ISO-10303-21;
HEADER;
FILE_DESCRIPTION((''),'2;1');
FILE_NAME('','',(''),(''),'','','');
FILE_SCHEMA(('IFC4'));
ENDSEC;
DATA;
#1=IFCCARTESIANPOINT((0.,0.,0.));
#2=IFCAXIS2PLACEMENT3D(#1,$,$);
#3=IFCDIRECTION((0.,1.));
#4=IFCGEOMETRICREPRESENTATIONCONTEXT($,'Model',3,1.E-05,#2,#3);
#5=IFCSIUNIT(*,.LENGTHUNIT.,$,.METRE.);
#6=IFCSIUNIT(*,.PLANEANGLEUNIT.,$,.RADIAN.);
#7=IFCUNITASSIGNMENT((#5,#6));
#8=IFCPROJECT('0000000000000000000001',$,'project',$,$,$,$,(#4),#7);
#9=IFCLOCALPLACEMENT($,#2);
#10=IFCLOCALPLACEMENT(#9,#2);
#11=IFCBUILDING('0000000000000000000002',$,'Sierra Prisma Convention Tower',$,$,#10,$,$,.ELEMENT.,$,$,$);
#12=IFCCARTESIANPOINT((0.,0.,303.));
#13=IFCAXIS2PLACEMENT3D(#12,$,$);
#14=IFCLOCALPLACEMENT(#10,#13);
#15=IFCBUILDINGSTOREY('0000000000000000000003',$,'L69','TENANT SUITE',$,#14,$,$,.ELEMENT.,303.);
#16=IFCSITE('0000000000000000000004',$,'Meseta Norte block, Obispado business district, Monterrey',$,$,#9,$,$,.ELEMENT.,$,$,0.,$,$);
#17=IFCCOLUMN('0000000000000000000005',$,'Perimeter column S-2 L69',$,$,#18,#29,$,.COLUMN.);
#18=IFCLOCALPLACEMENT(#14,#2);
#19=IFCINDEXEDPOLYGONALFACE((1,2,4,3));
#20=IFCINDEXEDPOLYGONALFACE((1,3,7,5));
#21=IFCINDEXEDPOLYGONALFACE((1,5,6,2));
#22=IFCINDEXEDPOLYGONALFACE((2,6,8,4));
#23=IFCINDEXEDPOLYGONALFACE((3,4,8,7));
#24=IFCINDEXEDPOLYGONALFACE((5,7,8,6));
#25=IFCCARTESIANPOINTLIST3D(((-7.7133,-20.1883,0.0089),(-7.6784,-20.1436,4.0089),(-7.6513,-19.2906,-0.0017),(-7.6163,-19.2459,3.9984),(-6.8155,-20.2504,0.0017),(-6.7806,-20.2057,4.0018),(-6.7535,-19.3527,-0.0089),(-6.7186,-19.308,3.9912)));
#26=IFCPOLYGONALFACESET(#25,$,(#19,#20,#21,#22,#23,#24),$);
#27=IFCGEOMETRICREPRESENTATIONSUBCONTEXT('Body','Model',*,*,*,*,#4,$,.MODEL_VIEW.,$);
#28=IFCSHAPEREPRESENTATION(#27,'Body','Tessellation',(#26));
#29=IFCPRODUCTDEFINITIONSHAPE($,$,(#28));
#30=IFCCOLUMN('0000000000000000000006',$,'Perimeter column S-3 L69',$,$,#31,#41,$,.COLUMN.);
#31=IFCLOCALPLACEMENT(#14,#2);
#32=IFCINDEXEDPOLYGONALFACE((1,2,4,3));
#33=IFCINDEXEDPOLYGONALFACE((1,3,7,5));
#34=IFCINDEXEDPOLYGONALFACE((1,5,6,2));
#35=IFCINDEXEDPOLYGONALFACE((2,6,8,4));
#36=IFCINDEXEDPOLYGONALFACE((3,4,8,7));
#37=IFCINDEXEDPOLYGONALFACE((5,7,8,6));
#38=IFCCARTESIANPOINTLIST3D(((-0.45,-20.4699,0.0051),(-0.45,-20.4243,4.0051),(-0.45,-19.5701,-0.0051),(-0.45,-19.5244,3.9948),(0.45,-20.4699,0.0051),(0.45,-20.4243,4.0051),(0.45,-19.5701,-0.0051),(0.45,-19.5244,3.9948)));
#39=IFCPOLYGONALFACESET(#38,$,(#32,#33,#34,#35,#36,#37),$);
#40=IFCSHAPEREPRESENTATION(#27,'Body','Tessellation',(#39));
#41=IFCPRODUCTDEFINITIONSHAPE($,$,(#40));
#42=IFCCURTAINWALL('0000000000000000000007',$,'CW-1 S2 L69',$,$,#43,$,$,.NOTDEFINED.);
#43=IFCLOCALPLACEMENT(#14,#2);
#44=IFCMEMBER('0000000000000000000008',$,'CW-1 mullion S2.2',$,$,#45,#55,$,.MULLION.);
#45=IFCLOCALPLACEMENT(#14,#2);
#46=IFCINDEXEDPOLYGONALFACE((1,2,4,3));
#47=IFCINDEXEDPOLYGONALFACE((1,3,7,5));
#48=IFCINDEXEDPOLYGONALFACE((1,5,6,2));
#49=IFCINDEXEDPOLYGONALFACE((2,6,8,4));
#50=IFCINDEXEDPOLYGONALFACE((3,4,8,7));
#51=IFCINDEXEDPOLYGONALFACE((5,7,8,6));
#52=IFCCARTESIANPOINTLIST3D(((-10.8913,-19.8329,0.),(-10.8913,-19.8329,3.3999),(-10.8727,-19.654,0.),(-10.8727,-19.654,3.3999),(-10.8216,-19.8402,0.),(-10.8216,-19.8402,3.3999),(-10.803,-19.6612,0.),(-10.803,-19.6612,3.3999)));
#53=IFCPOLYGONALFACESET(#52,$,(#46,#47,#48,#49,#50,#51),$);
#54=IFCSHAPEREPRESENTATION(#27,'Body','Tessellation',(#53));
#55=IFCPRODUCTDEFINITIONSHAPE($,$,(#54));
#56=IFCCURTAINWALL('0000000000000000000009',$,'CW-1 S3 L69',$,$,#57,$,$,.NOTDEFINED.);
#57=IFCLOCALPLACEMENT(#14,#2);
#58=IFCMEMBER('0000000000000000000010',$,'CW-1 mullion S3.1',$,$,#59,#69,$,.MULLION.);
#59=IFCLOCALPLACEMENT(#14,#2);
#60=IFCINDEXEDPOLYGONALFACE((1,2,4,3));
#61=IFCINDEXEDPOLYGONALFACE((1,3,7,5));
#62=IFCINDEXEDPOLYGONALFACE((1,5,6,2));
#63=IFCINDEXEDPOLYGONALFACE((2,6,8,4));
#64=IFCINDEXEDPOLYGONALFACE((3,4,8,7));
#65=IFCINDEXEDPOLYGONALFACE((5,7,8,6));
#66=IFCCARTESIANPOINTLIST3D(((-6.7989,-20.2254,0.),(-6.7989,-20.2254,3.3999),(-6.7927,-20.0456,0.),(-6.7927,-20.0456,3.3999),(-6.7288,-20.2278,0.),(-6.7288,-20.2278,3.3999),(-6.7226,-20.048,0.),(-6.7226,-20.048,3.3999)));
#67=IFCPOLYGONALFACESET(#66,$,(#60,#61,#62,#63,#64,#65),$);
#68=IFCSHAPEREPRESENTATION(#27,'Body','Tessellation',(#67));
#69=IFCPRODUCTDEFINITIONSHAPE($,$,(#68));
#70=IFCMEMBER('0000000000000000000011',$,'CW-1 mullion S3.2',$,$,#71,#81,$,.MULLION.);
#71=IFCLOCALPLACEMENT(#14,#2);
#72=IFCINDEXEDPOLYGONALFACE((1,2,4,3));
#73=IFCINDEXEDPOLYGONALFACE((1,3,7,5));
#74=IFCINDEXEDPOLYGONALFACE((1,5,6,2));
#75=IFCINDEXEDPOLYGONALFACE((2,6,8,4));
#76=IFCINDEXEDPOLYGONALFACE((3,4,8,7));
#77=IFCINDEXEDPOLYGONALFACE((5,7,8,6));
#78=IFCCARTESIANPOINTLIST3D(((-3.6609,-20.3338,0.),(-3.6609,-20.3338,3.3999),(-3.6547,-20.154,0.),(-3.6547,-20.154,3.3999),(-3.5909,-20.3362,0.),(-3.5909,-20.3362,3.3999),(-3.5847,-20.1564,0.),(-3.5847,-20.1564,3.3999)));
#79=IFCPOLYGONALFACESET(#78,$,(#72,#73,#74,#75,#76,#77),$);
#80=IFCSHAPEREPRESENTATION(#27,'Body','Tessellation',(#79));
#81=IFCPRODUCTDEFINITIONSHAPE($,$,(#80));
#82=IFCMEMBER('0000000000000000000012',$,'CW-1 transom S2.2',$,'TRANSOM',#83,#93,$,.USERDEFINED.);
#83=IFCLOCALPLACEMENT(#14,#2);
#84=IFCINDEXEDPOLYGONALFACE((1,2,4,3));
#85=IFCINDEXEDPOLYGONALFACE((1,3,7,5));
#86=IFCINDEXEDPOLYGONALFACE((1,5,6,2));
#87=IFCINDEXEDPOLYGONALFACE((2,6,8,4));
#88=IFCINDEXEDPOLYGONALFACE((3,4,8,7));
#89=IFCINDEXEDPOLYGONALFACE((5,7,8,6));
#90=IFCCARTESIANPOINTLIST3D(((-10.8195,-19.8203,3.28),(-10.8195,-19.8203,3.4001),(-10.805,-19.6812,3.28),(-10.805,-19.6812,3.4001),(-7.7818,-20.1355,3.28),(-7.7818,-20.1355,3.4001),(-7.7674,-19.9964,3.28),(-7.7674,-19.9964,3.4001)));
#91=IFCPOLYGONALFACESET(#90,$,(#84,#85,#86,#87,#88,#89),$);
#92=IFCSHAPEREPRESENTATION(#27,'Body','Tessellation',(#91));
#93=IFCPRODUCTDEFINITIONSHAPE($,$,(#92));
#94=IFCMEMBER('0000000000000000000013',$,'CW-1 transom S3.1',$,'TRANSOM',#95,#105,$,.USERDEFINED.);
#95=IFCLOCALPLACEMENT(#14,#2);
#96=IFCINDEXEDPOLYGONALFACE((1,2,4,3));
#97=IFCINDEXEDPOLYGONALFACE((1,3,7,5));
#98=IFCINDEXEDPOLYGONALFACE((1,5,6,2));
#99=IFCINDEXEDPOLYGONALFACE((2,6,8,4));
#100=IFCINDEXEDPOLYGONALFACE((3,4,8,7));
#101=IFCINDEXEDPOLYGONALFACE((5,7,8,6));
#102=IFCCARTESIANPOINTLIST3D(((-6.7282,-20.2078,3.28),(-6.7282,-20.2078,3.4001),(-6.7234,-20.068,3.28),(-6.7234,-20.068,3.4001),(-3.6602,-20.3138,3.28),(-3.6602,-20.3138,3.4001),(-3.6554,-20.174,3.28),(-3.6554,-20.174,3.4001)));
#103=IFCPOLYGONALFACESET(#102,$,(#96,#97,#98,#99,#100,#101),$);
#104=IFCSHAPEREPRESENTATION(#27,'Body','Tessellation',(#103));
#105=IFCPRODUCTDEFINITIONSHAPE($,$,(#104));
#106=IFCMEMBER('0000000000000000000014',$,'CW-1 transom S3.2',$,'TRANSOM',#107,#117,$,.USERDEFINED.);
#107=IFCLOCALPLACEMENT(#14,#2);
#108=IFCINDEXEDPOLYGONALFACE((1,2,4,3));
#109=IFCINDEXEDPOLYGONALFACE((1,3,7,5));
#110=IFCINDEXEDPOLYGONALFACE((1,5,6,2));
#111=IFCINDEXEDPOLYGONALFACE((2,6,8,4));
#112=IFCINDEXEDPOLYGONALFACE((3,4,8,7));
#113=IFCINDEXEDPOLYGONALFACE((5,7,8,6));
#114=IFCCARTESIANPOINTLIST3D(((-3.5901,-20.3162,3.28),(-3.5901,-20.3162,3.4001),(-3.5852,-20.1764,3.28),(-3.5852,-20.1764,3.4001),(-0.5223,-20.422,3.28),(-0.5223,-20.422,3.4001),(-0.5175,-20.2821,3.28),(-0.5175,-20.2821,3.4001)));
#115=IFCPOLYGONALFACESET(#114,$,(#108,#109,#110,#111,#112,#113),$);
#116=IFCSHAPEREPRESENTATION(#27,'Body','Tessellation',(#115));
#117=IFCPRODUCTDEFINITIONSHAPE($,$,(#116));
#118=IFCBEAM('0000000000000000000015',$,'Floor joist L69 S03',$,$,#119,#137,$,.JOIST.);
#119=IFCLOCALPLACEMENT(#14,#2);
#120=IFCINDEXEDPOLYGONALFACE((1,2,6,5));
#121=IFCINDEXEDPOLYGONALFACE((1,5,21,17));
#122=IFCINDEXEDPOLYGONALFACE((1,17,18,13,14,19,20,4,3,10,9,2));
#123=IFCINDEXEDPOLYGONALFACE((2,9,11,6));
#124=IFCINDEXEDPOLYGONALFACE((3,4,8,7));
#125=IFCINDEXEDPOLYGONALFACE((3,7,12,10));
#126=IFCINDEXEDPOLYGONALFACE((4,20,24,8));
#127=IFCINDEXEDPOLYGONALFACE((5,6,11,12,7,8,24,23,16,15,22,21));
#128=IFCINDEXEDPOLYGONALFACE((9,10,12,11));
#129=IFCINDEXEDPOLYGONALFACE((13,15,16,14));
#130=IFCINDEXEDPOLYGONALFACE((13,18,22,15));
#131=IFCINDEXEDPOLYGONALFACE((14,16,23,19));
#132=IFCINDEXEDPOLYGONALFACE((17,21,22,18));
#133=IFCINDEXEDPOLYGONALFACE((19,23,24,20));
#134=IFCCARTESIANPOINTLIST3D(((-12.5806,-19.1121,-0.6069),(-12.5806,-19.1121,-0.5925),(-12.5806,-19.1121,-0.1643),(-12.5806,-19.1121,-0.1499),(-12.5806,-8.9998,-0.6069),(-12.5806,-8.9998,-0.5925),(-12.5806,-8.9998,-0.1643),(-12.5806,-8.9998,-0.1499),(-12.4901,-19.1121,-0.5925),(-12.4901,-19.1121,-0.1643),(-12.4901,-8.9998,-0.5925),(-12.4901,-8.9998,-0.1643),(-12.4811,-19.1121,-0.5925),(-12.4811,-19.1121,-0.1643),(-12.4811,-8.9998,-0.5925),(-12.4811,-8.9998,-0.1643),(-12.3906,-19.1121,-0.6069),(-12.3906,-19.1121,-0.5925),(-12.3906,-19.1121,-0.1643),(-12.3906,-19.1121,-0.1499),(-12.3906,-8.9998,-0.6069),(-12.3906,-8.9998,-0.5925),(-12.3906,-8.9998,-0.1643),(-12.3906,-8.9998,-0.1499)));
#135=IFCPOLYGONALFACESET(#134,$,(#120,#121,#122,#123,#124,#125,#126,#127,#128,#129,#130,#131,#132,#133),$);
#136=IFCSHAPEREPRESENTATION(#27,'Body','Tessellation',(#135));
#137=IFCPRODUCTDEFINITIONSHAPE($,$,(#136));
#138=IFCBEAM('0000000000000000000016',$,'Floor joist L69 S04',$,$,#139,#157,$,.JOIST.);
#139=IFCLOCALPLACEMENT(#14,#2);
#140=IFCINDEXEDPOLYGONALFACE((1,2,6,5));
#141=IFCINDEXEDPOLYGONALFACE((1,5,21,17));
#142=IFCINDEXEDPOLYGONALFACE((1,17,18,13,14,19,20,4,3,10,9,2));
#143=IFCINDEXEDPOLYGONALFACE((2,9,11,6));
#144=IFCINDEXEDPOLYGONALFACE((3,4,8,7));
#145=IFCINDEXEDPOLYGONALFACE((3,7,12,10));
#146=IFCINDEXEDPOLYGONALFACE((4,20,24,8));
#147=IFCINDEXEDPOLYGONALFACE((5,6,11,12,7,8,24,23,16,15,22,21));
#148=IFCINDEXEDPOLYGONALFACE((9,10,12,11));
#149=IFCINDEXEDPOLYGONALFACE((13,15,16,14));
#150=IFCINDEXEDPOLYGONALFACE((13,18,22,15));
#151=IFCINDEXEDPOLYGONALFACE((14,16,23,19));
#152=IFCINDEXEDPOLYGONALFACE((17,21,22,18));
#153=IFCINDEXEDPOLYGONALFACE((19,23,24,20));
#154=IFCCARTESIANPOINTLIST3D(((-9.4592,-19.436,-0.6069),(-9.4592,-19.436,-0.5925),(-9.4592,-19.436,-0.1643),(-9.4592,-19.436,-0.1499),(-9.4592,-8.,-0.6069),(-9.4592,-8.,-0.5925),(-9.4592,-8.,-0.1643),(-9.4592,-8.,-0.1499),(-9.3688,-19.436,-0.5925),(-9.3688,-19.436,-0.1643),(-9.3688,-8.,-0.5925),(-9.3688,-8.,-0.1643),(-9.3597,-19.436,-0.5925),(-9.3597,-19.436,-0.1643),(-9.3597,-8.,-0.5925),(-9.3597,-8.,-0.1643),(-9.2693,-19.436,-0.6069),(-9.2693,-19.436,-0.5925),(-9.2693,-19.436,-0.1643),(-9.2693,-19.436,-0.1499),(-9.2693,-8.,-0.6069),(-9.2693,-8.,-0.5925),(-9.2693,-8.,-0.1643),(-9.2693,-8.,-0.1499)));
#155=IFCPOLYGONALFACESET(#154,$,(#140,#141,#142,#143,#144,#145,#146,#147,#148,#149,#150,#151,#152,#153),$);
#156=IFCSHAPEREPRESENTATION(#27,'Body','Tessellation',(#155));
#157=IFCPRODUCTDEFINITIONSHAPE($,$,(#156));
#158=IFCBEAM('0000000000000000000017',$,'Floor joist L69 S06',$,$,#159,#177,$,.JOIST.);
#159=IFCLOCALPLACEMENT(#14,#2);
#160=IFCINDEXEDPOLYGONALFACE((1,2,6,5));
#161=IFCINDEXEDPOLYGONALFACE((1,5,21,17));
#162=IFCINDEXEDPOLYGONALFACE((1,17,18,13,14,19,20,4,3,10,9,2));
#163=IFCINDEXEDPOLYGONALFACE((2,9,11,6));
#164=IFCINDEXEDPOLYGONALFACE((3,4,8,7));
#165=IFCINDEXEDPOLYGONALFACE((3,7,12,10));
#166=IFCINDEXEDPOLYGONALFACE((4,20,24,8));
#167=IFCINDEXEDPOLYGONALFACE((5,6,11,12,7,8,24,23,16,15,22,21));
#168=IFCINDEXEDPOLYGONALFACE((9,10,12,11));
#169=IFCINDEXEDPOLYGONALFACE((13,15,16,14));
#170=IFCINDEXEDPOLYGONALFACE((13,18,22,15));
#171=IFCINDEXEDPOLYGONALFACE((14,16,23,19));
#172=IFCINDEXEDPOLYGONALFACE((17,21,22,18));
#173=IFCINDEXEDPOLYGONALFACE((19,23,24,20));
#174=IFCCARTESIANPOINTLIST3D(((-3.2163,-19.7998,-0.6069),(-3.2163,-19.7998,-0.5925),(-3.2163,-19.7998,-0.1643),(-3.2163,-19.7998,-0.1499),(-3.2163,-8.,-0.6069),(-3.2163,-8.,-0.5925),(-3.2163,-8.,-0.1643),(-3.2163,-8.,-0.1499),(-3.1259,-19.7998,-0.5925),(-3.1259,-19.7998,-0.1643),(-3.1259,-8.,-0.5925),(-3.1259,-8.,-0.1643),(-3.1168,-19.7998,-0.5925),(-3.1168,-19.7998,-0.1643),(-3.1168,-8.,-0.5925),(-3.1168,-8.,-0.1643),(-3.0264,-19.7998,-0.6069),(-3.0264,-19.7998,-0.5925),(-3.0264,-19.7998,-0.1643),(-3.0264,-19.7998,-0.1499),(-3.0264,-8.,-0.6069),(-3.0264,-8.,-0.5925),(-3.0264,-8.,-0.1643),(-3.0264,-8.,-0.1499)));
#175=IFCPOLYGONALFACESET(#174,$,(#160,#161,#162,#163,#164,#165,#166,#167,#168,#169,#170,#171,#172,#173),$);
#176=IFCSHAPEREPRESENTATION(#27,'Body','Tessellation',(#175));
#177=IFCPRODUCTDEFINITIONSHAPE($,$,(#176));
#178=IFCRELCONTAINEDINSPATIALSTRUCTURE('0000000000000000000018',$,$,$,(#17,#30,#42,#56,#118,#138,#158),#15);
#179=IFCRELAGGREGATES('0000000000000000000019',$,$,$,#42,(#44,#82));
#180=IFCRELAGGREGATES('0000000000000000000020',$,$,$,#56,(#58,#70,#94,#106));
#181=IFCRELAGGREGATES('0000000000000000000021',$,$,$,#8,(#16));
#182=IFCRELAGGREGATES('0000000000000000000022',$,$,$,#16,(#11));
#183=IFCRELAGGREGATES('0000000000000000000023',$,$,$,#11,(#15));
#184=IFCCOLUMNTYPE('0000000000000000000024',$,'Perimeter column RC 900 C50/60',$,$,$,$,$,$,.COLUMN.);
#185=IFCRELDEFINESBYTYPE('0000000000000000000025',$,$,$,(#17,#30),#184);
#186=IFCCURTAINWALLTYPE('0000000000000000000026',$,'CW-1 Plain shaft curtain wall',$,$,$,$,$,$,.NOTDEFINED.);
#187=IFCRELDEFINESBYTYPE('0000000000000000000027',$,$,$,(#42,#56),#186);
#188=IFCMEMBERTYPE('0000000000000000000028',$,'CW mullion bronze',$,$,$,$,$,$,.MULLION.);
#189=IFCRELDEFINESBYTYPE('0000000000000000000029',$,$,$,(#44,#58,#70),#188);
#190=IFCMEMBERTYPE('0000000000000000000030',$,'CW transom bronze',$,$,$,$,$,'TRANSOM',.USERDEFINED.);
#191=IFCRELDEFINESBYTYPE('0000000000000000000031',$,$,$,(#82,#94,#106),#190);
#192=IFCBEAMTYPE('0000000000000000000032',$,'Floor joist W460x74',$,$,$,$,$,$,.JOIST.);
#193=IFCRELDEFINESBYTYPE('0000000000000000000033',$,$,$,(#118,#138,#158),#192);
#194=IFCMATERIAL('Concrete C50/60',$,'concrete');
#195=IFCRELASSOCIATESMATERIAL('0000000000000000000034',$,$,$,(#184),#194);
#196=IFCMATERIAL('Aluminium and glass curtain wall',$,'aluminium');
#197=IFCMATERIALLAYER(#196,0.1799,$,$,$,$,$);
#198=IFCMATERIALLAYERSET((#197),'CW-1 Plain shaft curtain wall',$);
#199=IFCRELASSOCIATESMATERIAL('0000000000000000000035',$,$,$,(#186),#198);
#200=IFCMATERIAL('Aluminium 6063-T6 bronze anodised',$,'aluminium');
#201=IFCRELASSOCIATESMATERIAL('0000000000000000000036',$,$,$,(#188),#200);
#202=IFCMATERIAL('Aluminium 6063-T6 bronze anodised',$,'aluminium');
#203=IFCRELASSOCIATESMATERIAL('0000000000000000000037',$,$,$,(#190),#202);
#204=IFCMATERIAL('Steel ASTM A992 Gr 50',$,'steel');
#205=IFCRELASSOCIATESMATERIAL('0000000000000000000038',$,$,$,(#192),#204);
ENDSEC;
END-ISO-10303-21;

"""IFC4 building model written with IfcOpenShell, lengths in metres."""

from ifc_helpers import new_model, si_unit, direction, frame, origin, origin_2d, place, context, subcontext, project, spatial, rectangle, i_section, extrude, material, layer, layer_set, material_profile, profile_set, type_object, element, aggregate, save


model = new_model("IFC4")

# Units and contexts
model_context = context("Model", 3, precision=1e-05, world=origin(), true_north=direction((0.0, 1.0)))
body_context = subcontext(model_context, "Body", "Model", "MODEL_VIEW")
ifc_project = project(units=[si_unit("LENGTHUNIT", "METRE"), si_unit("PLANEANGLEUNIT", "RADIAN")], contexts=[model_context])

# Site, building, storey
site_placement = place(None, origin())
site = spatial("IfcSite", under=ifc_project, at=site_placement, Name="Meseta Norte block, Obispado business district, Monterrey", CompositionType="ELEMENT", RefElevation=0.0)
building_placement = place(site_placement, origin())
building = spatial("IfcBuilding", under=site, at=building_placement, Name="Sierra Prisma Convention Tower", CompositionType="ELEMENT")
storey_placement = place(building_placement, frame((0.0, 0.0, 303.0)))
storey = spatial("IfcBuildingStorey", under=building, at=storey_placement, Name="L69", Description="TENANT SUITE", CompositionType="ELEMENT", Elevation=303.0)

# Columns
ifc_material_1 = material(Name="Concrete C50/60", Category="concrete")
ifc_material_profile_1 = material_profile(ifc_material_1, rectangle(XDim=0.8999, YDim=0.8999, at=origin_2d()), Name="Perimeter column RC 900 C50/60")
ifc_profile_set_1 = profile_set([ifc_material_profile_1], Name="Concrete C50/60")
column_type = type_object("IfcColumnType", Name="Perimeter column RC 900 C50/60", PredefinedType="COLUMN", material=ifc_profile_set_1)
column_1_placement = place(storey_placement, frame((-7.2334, -19.7705, 0.0), z_axis=(0.008727, 0.011168, 0.9999), x_axis=(-0.997586, 0.068993, 0.007936)))
element("IfcColumn", 1, at=column_1_placement, inside=storey, type_object=column_type, Name="Perimeter column S-2 L69", PredefinedType="COLUMN", context=body_context, shape_type="SweptSolid", body=[
    extrude(rectangle(XDim=0.8999, YDim=0.8999, at=origin_2d()), origin(), (0.0, 0.0, 1.0), 4.0005),
])
column_2_placement = place(storey_placement, frame((0.0, -20.02, 0.0), z_axis=(0.0, 0.011413, 0.999935), x_axis=(1.0, 0.0, 0.0)))
element("IfcColumn", 2, at=column_2_placement, inside=storey, type_object=column_type, Name="Perimeter column S-3 L69", PredefinedType="COLUMN", context=body_context, shape_type="SweptSolid", body=[
    extrude(rectangle(XDim=0.8999, YDim=0.8999, at=origin_2d()), origin(), (0.0, 0.0, 1.0), 4.0002),
])

# Curtain wall, member
ifc_material_2 = material(Name="Aluminium and glass curtain wall", Category="aluminium")
ifc_layer_1 = layer(ifc_material_2, 0.1799)
ifc_layer_set_1 = layer_set([ifc_layer_1], Name="CW-1 Plain shaft curtain wall")
curtain_wall_type = type_object("IfcCurtainWallType", Name="CW-1 Plain shaft curtain wall", PredefinedType="NOTDEFINED", material=ifc_layer_set_1)
curtain_wall_1_placement = place(storey_placement, origin())
curtain_wall_1 = element("IfcCurtainWall", 3, at=curtain_wall_1_placement, inside=storey, type_object=curtain_wall_type, Name="CW-1 S2 L69", PredefinedType="NOTDEFINED")
ifc_material_3 = material(Name="Aluminium 6063-T6 bronze anodised", Category="aluminium")
ifc_material_profile_2 = material_profile(ifc_material_3, rectangle(XDim=0.1799, YDim=0.0701, at=origin_2d()), Name="ALU MULLION 70x180")
ifc_profile_set_2 = profile_set([ifc_material_profile_2], Name="Aluminium 6063-T6 bronze anodised")
member_type_1 = type_object("IfcMemberType", Name="CW mullion bronze", PredefinedType="MULLION", material=ifc_profile_set_2)
member_1_placement = place(storey_placement, frame((-10.8472, -19.7471, 0.0), z_axis=(0.0, 0.0, 1.0), x_axis=(0.103246, 0.994656, 0.0)))
member_1 = element("IfcMember", 4, at=member_1_placement, type_object=member_type_1, Name="CW-1 mullion S2.2", PredefinedType="MULLION", context=body_context, shape_type="SweptSolid", body=[
    extrude(rectangle(XDim=0.1799, YDim=0.0701, at=origin_2d()), origin(), (0.0, 0.0, 1.0), 3.3999),
])

# Curtain wall, members
curtain_wall_2_placement = place(storey_placement, origin())
curtain_wall_2 = element("IfcCurtainWall", 5, at=curtain_wall_2_placement, inside=storey, type_object=curtain_wall_type, Name="CW-1 S3 L69", PredefinedType="NOTDEFINED")
member_2_placement = place(storey_placement, frame((-6.7607, -20.1367, 0.0), z_axis=(0.0, 0.0, 1.0), x_axis=(0.03447, 0.999406, 0.0)))
member_2 = element("IfcMember", 6, at=member_2_placement, type_object=member_type_1, Name="CW-1 mullion S3.1", PredefinedType="MULLION", context=body_context, shape_type="SweptSolid", body=[
    extrude(rectangle(XDim=0.1799, YDim=0.0701, at=origin_2d()), origin(), (0.0, 0.0, 1.0), 3.3999),
])
member_3_placement = place(storey_placement, frame((-3.6228, -20.2451, 0.0), z_axis=(0.0, 0.0, 1.0), x_axis=(0.03447, 0.999406, 0.0)))
member_3 = element("IfcMember", 7, at=member_3_placement, type_object=member_type_1, Name="CW-1 mullion S3.2", PredefinedType="MULLION", context=body_context, shape_type="SweptSolid", body=[
    extrude(rectangle(XDim=0.1799, YDim=0.0701, at=origin_2d()), origin(), (0.0, 0.0, 1.0), 3.3999),
])

# Members
ifc_material_4 = material(Name="Aluminium 6063-T6 bronze anodised", Category="aluminium")
ifc_material_profile_3 = material_profile(ifc_material_4, rectangle(XDim=0.1399, YDim=0.1201, at=origin_2d()), Name="ALU TRANSOM 120x140")
ifc_profile_set_3 = profile_set([ifc_material_profile_3], Name="Aluminium 6063-T6 bronze anodised")
member_type_2 = type_object("IfcMemberType", Name="CW transom bronze", ElementType="TRANSOM", PredefinedType="USERDEFINED", material=ifc_profile_set_3)
member_4_placement = place(storey_placement, frame((-10.8123, -19.7507, 3.3401), z_axis=(0.99466, -0.103207, 0.0), x_axis=(0.103207, 0.99466, 0.0)))
member_4 = element("IfcMember", 8, at=member_4_placement, type_object=member_type_2, Name="CW-1 transom S2.2", ObjectType="TRANSOM", PredefinedType="USERDEFINED", context=body_context, shape_type="SweptSolid", body=[
    extrude(rectangle(XDim=0.1399, YDim=0.1201, at=origin_2d()), origin(), (0.0, 0.0, 1.0), 3.054),
])
member_5_placement = place(storey_placement, frame((-6.7258, -20.1379, 3.3401), z_axis=(0.999404, -0.034514, 0.0), x_axis=(0.034514, 0.999404, 0.0)))
member_5 = element("IfcMember", 9, at=member_5_placement, type_object=member_type_2, Name="CW-1 transom S3.1", ObjectType="TRANSOM", PredefinedType="USERDEFINED", context=body_context, shape_type="SweptSolid", body=[
    extrude(rectangle(XDim=0.1399, YDim=0.1201, at=origin_2d()), origin(), (0.0, 0.0, 1.0), 3.0698),
])
member_6_placement = place(storey_placement, frame((-3.5876, -20.2463, 3.3401), z_axis=(0.999407, -0.034438, 0.0), x_axis=(0.034438, 0.999407, 0.0)))
member_6 = element("IfcMember", 10, at=member_6_placement, type_object=member_type_2, Name="CW-1 transom S3.2", ObjectType="TRANSOM", PredefinedType="USERDEFINED", context=body_context, shape_type="SweptSolid", body=[
    extrude(rectangle(XDim=0.1399, YDim=0.1201, at=origin_2d()), origin(), (0.0, 0.0, 1.0), 3.0696),
])

# Beams
ifc_material_5 = material(Name="Steel ASTM A992 Gr 50", Category="steel")
ifc_material_profile_4 = material_profile(ifc_material_5, i_section(OverallWidth=0.1899, OverallDepth=0.457, WebThickness=0.009, FlangeThickness=0.0144, at=origin_2d()), Name="W460x74")
ifc_profile_set_4 = profile_set([ifc_material_profile_4], Name="Steel ASTM A992 Gr 50")
beam_type_1 = type_object("IfcBeamType", Name="Floor joist W460x74", PredefinedType="JOIST", material=ifc_profile_set_4)
beam_1_placement = place(storey_placement, frame((-12.4856, -19.1121, -0.3784), z_axis=(0.0, 1.0, 0.0), x_axis=(-1.0, 0.0, 0.0)))
element("IfcBeam", 11, at=beam_1_placement, inside=storey, type_object=beam_type_1, Name="Floor joist L69 S03", PredefinedType="JOIST", context=body_context, shape_type="SweptSolid", body=[
    extrude(i_section(OverallWidth=0.1899, OverallDepth=0.457, WebThickness=0.009, FlangeThickness=0.0144, at=origin_2d()), origin(), (0.0, 0.0, 1.0), 10.1123),
])
beam_2_placement = place(storey_placement, frame((-9.3643, -19.436, -0.3784), z_axis=(0.0, 1.0, 0.0), x_axis=(-1.0, 0.0, 0.0)))
element("IfcBeam", 12, at=beam_2_placement, inside=storey, type_object=beam_type_1, Name="Floor joist L69 S04", PredefinedType="JOIST", context=body_context, shape_type="SweptSolid", body=[
    extrude(i_section(OverallWidth=0.1899, OverallDepth=0.457, WebThickness=0.009, FlangeThickness=0.0144, at=origin_2d()), origin(), (0.0, 0.0, 1.0), 11.436),
])
beam_3_placement = place(storey_placement, frame((-3.1213, -19.7998, -0.3784), z_axis=(0.0, 1.0, 0.0), x_axis=(-1.0, 0.0, 0.0)))
element("IfcBeam", 13, at=beam_3_placement, inside=storey, type_object=beam_type_1, Name="Floor joist L69 S06", PredefinedType="JOIST", context=body_context, shape_type="SweptSolid", body=[
    extrude(i_section(OverallWidth=0.1899, OverallDepth=0.457, WebThickness=0.009, FlangeThickness=0.0144, at=origin_2d()), origin(), (0.0, 0.0, 1.0), 11.7998),
])

aggregate(curtain_wall_1, [member_1, member_4])
aggregate(curtain_wall_2, [member_2, member_3, member_5, member_6])

save(model, "model.ifc")
